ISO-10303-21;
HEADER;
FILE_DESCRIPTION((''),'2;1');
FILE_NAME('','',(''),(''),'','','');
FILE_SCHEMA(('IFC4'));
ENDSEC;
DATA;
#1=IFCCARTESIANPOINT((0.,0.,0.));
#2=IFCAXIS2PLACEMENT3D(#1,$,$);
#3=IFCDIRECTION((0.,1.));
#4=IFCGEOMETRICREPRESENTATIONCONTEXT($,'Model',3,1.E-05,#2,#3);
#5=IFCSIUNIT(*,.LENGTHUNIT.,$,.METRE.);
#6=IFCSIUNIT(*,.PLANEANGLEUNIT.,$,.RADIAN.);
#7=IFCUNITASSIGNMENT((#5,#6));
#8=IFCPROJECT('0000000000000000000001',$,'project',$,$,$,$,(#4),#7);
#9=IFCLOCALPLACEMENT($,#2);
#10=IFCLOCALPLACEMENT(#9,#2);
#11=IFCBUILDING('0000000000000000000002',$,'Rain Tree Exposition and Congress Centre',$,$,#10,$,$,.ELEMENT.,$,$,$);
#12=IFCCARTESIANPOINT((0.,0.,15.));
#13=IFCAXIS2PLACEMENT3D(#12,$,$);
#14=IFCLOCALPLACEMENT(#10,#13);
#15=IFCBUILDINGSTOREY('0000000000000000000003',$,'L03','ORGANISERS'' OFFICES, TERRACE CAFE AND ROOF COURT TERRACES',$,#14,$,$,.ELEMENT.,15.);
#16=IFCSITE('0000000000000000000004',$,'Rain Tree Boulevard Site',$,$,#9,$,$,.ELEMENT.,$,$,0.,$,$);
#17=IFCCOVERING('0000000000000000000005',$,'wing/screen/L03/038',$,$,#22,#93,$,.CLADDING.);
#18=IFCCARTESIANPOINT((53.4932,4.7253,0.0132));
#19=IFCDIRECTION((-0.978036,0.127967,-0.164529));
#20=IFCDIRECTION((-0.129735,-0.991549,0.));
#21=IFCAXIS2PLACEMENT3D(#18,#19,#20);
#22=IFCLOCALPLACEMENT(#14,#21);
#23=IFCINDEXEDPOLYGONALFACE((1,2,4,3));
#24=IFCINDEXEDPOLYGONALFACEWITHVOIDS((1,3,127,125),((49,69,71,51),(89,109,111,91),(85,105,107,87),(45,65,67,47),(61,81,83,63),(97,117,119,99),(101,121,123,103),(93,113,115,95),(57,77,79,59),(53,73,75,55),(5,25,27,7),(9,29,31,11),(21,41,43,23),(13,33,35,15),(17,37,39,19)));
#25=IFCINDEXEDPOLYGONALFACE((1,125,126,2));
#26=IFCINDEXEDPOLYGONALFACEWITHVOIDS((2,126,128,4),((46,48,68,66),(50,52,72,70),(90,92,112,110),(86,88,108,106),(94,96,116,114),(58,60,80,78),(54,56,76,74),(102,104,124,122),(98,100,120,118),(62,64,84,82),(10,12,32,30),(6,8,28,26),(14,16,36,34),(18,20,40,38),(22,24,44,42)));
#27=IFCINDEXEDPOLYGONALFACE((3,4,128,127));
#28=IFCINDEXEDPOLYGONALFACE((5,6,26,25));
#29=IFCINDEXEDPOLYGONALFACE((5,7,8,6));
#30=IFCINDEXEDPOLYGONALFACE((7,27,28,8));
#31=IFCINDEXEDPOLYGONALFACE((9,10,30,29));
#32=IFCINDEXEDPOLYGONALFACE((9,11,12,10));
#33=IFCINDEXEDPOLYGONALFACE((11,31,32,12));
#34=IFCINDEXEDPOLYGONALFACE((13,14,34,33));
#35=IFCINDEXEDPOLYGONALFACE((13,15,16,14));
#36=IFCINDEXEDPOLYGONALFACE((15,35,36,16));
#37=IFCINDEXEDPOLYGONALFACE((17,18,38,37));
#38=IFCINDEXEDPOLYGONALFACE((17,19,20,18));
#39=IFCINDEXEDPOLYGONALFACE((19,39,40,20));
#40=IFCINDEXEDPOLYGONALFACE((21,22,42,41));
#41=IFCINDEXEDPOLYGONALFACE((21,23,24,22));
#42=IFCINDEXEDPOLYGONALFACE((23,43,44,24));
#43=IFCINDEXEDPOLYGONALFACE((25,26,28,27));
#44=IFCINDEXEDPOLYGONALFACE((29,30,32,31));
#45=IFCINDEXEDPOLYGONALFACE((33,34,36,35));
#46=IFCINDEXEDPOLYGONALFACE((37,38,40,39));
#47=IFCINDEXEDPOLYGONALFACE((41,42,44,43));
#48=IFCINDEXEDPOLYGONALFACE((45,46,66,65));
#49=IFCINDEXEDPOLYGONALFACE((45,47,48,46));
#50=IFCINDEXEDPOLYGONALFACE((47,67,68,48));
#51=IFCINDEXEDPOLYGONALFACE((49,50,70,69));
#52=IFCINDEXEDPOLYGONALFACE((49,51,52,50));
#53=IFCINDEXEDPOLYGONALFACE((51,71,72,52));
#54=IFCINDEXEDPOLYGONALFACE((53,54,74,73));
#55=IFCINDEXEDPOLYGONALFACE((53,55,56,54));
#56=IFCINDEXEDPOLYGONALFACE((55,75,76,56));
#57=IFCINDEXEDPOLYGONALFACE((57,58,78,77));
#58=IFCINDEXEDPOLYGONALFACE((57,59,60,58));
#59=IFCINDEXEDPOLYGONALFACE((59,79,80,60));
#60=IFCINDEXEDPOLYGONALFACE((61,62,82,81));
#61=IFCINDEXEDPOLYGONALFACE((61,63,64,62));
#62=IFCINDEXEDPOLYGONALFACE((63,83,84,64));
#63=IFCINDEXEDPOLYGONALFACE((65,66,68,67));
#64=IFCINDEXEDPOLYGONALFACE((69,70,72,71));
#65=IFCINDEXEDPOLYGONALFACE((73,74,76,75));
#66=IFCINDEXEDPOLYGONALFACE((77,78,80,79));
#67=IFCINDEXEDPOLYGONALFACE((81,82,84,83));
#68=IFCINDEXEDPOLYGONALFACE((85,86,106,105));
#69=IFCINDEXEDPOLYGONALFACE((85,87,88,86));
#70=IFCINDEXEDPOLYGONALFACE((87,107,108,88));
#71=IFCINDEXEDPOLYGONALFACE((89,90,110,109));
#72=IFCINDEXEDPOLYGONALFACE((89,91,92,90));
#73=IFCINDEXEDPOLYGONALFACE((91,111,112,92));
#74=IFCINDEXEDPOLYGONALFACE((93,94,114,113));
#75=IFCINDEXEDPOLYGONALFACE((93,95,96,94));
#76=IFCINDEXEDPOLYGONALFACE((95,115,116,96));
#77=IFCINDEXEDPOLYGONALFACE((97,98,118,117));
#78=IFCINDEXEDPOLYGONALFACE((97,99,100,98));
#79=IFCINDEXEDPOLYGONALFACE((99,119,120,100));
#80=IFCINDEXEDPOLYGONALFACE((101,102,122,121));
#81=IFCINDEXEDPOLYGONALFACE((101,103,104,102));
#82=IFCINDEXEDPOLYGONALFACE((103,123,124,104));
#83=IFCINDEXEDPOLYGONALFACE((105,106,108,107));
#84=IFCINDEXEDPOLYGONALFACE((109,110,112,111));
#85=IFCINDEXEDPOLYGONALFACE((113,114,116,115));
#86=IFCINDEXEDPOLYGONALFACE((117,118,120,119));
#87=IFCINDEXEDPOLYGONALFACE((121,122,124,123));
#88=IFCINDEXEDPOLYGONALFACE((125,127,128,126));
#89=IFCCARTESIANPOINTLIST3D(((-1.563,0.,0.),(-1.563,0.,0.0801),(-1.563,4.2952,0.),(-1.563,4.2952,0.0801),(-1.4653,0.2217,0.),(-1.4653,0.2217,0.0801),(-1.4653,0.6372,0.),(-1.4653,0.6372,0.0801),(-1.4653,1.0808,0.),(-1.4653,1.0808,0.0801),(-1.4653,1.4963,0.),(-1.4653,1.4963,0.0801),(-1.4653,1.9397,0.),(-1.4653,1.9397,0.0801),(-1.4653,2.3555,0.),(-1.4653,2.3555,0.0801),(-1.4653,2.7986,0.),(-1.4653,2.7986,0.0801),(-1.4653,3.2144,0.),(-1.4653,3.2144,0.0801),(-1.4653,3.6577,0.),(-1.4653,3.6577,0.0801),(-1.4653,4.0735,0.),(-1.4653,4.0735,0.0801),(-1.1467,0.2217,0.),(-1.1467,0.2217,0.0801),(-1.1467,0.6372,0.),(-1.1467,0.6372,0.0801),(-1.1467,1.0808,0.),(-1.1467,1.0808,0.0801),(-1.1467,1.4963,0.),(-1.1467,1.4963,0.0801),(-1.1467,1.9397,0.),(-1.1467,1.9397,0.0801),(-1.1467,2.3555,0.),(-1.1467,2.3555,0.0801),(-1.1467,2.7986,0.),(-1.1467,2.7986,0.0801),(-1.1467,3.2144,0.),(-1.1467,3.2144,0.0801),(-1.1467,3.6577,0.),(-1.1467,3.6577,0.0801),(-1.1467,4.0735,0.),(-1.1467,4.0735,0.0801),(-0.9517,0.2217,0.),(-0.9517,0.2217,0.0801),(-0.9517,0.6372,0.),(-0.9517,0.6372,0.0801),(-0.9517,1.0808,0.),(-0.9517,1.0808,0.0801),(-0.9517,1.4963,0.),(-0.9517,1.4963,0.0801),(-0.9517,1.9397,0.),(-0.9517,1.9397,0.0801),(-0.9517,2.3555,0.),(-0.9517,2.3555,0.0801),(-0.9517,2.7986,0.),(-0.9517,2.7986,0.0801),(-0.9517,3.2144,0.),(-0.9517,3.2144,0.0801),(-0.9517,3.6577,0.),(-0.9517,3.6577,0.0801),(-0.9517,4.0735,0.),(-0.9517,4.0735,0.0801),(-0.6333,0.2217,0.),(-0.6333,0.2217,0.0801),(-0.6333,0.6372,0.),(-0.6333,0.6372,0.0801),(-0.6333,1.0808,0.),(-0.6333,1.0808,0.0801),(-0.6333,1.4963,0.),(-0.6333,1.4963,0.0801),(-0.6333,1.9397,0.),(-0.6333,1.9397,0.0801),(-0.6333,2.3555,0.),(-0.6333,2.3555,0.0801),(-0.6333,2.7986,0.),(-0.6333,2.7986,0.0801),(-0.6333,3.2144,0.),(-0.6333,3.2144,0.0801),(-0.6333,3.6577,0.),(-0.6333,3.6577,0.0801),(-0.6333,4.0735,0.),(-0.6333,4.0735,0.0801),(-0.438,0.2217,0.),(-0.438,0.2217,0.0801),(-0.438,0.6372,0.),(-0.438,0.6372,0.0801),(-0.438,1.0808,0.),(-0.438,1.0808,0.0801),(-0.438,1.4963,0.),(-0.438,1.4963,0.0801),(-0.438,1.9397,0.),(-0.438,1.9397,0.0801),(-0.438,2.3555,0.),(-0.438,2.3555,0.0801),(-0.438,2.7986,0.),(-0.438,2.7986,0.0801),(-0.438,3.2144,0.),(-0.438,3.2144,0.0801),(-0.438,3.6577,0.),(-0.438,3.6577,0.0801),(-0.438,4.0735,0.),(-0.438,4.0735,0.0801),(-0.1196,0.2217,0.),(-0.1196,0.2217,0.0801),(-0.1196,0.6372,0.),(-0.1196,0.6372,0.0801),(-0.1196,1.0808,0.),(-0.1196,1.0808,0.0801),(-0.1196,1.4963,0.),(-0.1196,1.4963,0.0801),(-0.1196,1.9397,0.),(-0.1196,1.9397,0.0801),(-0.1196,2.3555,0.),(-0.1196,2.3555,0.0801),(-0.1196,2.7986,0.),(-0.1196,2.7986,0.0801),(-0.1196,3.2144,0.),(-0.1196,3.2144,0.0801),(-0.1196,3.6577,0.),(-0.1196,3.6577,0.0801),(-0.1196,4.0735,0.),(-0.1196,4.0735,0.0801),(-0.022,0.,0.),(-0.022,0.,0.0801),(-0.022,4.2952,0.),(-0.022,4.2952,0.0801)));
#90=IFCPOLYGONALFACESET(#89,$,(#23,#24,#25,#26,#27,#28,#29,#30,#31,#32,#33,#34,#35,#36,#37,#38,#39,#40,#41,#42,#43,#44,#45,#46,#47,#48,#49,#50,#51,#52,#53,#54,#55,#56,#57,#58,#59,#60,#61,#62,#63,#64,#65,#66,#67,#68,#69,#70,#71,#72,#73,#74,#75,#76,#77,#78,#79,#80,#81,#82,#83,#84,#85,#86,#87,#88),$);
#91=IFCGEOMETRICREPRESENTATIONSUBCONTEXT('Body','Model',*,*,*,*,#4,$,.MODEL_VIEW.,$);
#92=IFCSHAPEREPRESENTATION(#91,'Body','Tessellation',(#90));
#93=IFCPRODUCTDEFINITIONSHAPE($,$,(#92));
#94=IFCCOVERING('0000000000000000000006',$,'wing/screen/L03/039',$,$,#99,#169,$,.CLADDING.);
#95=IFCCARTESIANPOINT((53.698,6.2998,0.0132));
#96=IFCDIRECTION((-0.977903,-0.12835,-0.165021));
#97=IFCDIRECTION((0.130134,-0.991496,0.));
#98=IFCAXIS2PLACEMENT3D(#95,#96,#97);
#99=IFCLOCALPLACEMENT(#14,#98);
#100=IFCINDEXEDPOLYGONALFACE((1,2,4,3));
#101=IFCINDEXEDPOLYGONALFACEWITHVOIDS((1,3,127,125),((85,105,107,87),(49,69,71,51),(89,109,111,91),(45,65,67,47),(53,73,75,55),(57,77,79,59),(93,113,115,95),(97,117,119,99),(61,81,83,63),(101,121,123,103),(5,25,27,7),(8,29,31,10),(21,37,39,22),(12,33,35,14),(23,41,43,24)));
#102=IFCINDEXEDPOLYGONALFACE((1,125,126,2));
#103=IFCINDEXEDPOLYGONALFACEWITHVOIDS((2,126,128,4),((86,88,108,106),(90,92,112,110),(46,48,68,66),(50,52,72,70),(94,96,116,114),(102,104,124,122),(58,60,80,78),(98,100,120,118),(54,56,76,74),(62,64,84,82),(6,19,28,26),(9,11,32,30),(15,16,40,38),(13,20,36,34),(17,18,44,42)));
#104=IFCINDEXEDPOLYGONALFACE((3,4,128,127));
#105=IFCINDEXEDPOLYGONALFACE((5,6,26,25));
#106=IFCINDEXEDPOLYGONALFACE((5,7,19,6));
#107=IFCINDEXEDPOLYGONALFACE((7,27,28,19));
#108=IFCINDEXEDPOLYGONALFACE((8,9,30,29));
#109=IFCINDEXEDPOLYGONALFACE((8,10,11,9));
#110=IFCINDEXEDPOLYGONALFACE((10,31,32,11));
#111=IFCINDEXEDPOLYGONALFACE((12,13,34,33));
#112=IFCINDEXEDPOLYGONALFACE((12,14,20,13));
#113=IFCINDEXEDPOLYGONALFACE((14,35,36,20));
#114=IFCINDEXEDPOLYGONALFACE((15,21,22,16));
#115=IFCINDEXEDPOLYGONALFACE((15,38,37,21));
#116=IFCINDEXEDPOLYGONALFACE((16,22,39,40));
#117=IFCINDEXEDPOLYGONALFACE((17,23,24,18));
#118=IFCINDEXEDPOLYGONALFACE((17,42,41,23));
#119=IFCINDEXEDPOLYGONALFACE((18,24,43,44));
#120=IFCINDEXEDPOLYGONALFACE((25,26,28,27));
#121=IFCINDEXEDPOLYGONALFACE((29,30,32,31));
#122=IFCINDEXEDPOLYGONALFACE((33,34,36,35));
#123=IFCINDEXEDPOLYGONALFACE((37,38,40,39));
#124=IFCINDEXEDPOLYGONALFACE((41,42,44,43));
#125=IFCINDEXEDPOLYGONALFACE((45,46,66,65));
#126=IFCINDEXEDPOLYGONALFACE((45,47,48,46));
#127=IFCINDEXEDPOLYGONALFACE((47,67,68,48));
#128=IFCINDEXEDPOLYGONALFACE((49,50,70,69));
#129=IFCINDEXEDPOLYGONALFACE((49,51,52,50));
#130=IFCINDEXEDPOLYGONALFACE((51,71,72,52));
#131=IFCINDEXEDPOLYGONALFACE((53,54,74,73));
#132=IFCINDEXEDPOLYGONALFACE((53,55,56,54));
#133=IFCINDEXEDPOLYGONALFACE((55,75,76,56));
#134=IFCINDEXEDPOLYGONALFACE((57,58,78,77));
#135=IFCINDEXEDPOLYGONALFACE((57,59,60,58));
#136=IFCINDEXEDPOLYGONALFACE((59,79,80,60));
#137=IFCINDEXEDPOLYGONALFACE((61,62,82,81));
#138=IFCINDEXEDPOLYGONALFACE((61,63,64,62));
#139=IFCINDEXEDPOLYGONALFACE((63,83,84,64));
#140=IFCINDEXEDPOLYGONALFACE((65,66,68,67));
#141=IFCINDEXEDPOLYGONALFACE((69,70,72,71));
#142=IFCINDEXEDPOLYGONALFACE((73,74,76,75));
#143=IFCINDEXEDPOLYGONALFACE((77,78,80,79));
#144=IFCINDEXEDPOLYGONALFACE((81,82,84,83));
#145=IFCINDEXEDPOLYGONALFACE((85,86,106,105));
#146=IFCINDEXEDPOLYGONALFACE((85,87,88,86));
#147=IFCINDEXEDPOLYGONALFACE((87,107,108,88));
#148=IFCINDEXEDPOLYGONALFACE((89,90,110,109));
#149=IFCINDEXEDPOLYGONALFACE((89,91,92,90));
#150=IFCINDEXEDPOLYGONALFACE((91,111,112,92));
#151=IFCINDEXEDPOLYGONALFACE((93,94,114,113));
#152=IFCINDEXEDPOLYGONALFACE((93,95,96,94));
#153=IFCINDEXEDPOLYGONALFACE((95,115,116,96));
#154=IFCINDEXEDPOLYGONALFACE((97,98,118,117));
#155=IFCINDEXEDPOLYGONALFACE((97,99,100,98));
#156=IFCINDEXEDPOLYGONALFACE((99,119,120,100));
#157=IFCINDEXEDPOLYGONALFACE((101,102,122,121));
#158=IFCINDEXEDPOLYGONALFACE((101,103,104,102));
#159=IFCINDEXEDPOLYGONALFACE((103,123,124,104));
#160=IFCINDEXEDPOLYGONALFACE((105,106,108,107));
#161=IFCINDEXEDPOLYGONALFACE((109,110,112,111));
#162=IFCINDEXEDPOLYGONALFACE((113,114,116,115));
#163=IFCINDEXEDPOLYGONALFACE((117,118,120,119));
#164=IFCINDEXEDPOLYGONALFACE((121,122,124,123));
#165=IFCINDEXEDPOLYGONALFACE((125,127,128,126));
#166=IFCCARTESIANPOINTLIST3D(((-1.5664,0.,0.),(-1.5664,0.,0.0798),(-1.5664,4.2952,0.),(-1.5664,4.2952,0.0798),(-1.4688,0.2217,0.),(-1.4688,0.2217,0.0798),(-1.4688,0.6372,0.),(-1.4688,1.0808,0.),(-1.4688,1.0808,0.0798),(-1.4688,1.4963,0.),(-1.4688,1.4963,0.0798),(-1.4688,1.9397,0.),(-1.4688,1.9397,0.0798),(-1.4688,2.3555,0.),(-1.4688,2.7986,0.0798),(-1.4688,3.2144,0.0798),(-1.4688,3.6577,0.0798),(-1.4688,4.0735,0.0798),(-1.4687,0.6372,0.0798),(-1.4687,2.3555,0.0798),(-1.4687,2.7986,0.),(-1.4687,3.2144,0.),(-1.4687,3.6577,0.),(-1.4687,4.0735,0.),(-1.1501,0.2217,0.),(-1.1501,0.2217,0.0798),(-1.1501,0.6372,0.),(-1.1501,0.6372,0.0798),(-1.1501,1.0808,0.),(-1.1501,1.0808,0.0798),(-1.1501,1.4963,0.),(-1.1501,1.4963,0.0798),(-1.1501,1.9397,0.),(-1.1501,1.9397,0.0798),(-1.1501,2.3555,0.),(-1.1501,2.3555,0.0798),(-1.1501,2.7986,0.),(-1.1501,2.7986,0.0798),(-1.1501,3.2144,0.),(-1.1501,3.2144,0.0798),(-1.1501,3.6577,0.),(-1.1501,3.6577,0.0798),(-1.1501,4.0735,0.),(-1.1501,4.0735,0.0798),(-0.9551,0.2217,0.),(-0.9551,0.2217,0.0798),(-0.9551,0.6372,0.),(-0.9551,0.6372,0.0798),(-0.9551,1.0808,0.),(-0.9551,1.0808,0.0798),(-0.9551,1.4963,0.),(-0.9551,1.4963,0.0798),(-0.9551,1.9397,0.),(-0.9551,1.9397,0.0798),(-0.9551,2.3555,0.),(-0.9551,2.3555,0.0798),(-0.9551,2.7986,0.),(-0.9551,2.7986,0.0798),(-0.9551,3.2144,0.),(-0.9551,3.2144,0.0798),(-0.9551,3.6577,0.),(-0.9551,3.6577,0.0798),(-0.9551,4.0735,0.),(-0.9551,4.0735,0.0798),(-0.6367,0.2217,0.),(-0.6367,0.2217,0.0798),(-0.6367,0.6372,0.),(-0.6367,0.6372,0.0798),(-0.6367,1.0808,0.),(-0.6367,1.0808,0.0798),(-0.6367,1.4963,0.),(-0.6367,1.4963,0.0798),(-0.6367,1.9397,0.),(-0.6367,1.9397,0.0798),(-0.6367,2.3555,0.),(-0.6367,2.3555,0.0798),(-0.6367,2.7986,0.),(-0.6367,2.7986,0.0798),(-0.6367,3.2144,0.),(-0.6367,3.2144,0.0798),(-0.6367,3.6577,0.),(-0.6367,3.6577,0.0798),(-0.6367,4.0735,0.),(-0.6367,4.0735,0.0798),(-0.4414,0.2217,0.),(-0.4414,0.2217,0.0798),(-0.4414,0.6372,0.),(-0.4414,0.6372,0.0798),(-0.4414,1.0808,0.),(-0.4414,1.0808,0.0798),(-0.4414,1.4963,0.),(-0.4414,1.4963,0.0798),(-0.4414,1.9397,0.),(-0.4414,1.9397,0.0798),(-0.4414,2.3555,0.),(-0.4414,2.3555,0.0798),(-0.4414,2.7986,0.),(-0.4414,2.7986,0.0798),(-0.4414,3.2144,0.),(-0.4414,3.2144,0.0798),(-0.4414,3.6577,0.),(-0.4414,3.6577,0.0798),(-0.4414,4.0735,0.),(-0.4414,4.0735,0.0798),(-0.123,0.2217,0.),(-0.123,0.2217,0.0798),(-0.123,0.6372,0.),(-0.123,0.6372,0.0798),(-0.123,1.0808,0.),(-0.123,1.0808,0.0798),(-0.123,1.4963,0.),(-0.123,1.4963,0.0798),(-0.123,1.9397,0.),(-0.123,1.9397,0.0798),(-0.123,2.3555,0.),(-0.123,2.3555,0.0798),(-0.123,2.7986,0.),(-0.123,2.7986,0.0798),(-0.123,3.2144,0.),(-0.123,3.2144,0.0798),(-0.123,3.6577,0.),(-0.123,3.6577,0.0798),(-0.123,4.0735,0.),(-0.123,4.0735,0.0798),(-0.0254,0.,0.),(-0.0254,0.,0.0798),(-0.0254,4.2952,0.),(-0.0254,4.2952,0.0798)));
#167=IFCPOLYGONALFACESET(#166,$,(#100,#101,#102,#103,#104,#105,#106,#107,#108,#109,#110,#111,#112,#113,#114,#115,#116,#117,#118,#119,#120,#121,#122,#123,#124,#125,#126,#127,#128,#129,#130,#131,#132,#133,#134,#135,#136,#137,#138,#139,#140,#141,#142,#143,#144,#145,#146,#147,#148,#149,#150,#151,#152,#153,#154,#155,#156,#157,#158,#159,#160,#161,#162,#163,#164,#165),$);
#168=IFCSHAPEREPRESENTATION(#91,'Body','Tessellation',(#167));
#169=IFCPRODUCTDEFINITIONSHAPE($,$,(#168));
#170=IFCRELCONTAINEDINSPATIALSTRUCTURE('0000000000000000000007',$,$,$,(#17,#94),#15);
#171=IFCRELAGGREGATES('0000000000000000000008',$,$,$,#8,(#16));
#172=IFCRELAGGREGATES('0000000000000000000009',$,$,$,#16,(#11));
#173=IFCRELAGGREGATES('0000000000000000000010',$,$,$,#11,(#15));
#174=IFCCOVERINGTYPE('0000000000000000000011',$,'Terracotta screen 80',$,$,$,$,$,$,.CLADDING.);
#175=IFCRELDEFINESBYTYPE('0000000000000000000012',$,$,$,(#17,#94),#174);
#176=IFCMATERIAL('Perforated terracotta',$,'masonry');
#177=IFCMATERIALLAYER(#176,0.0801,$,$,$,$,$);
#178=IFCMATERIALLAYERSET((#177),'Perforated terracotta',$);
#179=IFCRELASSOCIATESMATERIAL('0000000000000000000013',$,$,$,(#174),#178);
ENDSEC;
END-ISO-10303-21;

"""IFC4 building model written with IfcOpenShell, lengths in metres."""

from ifc_helpers import new_model, si_unit, direction, frame, origin, place, context, subcontext, project, spatial, polyline, outline, extrude, material, layer, layer_set, type_object, element, save


model = new_model("IFC4")

# Units and contexts
model_context = context("Model", 3, precision=1e-05, world=origin(), true_north=direction((0.0, 1.0)))
body_context = subcontext(model_context, "Body", "Model", "MODEL_VIEW")
ifc_project = project(units=[si_unit("LENGTHUNIT", "METRE"), si_unit("PLANEANGLEUNIT", "RADIAN")], contexts=[model_context])

# Site, building, storey
site_placement = place(None, origin())
site = spatial("IfcSite", under=ifc_project, at=site_placement, Name="Rain Tree Boulevard Site", CompositionType="ELEMENT", RefElevation=0.0)
building_placement = place(site_placement, origin())
building = spatial("IfcBuilding", under=site, at=building_placement, Name="Rain Tree Exposition and Congress Centre", CompositionType="ELEMENT")
storey_placement = place(building_placement, frame((0.0, 0.0, 15.0)))
storey = spatial("IfcBuildingStorey", under=building, at=storey_placement, Name="L03", Description="ORGANISERS' OFFICES, TERRACE CAFE AND ROOF COURT TERRACES", CompositionType="ELEMENT", Elevation=15.0)

# Coverings
ifc_material_1 = material(Name="Perforated terracotta", Category="masonry")
ifc_layer = layer(ifc_material_1, 0.0801)
ifc_layer_set = layer_set([ifc_layer], Name="Perforated terracotta")
covering_type = type_object("IfcCoveringType", Name="Terracotta screen 80", PredefinedType="CLADDING", material=ifc_layer_set)
covering_1_placement = place(storey_placement, frame((53.4932, 4.7253, 0.0132), z_axis=(-0.978036, 0.127967, -0.164529), x_axis=(-0.129735, -0.991549, 0.0)))
element("IfcCovering", 1, at=covering_1_placement, inside=storey, type_object=covering_type, Name="wing/screen/L03/038", PredefinedType="CLADDING", context=body_context, shape_type="SweptSolid", body=[
    extrude(outline(polyline([(-1.563, 0.0), (-1.563, 4.2952), (-0.022, 4.2952), (-0.022, 0.0), (-1.563, 0.0)]), holes=[polyline([(-0.1196, 0.2217), (-0.1196, 0.6372), (-0.438, 0.6372), (-0.438, 0.2217), (-0.1196, 0.2217)]), polyline([(-0.1196, 1.0808), (-0.1196, 1.4963), (-0.438, 1.4963), (-0.438, 1.0808), (-0.1196, 1.0808)]), polyline([(-0.1196, 1.9397), (-0.1196, 2.3555), (-0.438, 2.3555), (-0.438, 1.9397), (-0.1196, 1.9397)]), polyline([(-0.1196, 2.7986), (-0.1196, 3.2144), (-0.438, 3.2144), (-0.438, 2.7986), (-0.1196, 2.7986)]), polyline([(-0.1196, 3.6577), (-0.1196, 4.0735), (-0.438, 4.0735), (-0.438, 3.6577), (-0.1196, 3.6577)]), polyline([(-0.6333, 0.2217), (-0.6333, 0.6372), (-0.9517, 0.6372), (-0.9517, 0.2217), (-0.6333, 0.2217)]), polyline([(-0.6333, 1.0808), (-0.6333, 1.4963), (-0.9517, 1.4963), (-0.9517, 1.0808), (-0.6333, 1.0808)]), polyline([(-0.6333, 1.9397), (-0.6333, 2.3555), (-0.9517, 2.3555), (-0.9517, 1.9397), (-0.6333, 1.9397)]), polyline([(-0.6333, 2.7986), (-0.6333, 3.2144), (-0.9517, 3.2144), (-0.9517, 2.7986), (-0.6333, 2.7986)]), polyline([(-0.6333, 3.6577), (-0.6333, 4.0735), (-0.9517, 4.0735), (-0.9517, 3.6577), (-0.6333, 3.6577)]), polyline([(-1.1467, 0.2217), (-1.1467, 0.6372), (-1.4653, 0.6372), (-1.4653, 0.2217), (-1.1467, 0.2217)]), polyline([(-1.1467, 1.0808), (-1.1467, 1.4963), (-1.4653, 1.4963), (-1.4653, 1.0808), (-1.1467, 1.0808)]), polyline([(-1.1467, 1.9397), (-1.1467, 2.3555), (-1.4653, 2.3555), (-1.4653, 1.9397), (-1.1467, 1.9397)]), polyline([(-1.1467, 2.7986), (-1.1467, 3.2144), (-1.4653, 3.2144), (-1.4653, 2.7986), (-1.1467, 2.7986)]), polyline([(-1.1467, 3.6577), (-1.1467, 4.0735), (-1.4653, 4.0735), (-1.4653, 3.6577), (-1.1467, 3.6577)])]), origin(), (0.0, 0.0, 1.0), 0.0801),
])
covering_2_placement = place(storey_placement, frame((53.698, 6.2998, 0.0132), z_axis=(-0.977903, -0.12835, -0.165021), x_axis=(0.130134, -0.991496, 0.0)))
element("IfcCovering", 2, at=covering_2_placement, inside=storey, type_object=covering_type, Name="wing/screen/L03/039", PredefinedType="CLADDING", context=body_context, shape_type="SweptSolid", body=[
    extrude(outline(polyline([(-1.5664, 0.0), (-1.5664, 4.2952), (-0.0254, 4.2952), (-0.0254, 0.0), (-1.5664, 0.0)]), holes=[polyline([(-0.123, 0.2217), (-0.123, 0.6372), (-0.4414, 0.6372), (-0.4414, 0.2217), (-0.123, 0.2217)]), polyline([(-0.123, 1.0808), (-0.123, 1.4963), (-0.4414, 1.4963), (-0.4414, 1.0808), (-0.123, 1.0808)]), polyline([(-0.123, 1.9397), (-0.123, 2.3555), (-0.4414, 2.3555), (-0.4414, 1.9397), (-0.123, 1.9397)]), polyline([(-0.123, 2.7986), (-0.123, 3.2144), (-0.4414, 3.2144), (-0.4414, 2.7986), (-0.123, 2.7986)]), polyline([(-0.123, 3.6577), (-0.123, 4.0735), (-0.4414, 4.0735), (-0.4414, 3.6577), (-0.123, 3.6577)]), polyline([(-0.6367, 0.2217), (-0.6367, 0.6372), (-0.9551, 0.6372), (-0.9551, 0.2217), (-0.6367, 0.2217)]), polyline([(-0.6367, 1.0808), (-0.6367, 1.4963), (-0.9551, 1.4963), (-0.9551, 1.0808), (-0.6367, 1.0808)]), polyline([(-0.6367, 1.9397), (-0.6367, 2.3555), (-0.9551, 2.3555), (-0.9551, 1.9397), (-0.6367, 1.9397)]), polyline([(-0.6367, 2.7986), (-0.6367, 3.2144), (-0.9551, 3.2144), (-0.9551, 2.7986), (-0.6367, 2.7986)]), polyline([(-0.6367, 3.6577), (-0.6367, 4.0735), (-0.9551, 4.0735), (-0.9551, 3.6577), (-0.6367, 3.6577)]), polyline([(-1.1501, 0.2217), (-1.1501, 0.6372), (-1.4688, 0.6372), (-1.4688, 0.2217), (-1.1501, 0.2217)]), polyline([(-1.1501, 1.0808), (-1.1501, 1.4963), (-1.4688, 1.4963), (-1.4688, 1.0808), (-1.1501, 1.0808)]), polyline([(-1.1501, 1.9397), (-1.1501, 2.3555), (-1.4688, 2.3555), (-1.4688, 1.9397), (-1.1501, 1.9397)]), polyline([(-1.1501, 2.7986), (-1.1501, 3.2144), (-1.4688, 3.2144), (-1.4688, 2.7986), (-1.1501, 2.7986)]), polyline([(-1.1501, 3.6577), (-1.1501, 4.0735), (-1.4688, 4.0735), (-1.4688, 3.6577), (-1.1501, 3.6577)])]), origin(), (0.0, 0.0, 1.0), 0.0798),
])

save(model, "model.ifc")
